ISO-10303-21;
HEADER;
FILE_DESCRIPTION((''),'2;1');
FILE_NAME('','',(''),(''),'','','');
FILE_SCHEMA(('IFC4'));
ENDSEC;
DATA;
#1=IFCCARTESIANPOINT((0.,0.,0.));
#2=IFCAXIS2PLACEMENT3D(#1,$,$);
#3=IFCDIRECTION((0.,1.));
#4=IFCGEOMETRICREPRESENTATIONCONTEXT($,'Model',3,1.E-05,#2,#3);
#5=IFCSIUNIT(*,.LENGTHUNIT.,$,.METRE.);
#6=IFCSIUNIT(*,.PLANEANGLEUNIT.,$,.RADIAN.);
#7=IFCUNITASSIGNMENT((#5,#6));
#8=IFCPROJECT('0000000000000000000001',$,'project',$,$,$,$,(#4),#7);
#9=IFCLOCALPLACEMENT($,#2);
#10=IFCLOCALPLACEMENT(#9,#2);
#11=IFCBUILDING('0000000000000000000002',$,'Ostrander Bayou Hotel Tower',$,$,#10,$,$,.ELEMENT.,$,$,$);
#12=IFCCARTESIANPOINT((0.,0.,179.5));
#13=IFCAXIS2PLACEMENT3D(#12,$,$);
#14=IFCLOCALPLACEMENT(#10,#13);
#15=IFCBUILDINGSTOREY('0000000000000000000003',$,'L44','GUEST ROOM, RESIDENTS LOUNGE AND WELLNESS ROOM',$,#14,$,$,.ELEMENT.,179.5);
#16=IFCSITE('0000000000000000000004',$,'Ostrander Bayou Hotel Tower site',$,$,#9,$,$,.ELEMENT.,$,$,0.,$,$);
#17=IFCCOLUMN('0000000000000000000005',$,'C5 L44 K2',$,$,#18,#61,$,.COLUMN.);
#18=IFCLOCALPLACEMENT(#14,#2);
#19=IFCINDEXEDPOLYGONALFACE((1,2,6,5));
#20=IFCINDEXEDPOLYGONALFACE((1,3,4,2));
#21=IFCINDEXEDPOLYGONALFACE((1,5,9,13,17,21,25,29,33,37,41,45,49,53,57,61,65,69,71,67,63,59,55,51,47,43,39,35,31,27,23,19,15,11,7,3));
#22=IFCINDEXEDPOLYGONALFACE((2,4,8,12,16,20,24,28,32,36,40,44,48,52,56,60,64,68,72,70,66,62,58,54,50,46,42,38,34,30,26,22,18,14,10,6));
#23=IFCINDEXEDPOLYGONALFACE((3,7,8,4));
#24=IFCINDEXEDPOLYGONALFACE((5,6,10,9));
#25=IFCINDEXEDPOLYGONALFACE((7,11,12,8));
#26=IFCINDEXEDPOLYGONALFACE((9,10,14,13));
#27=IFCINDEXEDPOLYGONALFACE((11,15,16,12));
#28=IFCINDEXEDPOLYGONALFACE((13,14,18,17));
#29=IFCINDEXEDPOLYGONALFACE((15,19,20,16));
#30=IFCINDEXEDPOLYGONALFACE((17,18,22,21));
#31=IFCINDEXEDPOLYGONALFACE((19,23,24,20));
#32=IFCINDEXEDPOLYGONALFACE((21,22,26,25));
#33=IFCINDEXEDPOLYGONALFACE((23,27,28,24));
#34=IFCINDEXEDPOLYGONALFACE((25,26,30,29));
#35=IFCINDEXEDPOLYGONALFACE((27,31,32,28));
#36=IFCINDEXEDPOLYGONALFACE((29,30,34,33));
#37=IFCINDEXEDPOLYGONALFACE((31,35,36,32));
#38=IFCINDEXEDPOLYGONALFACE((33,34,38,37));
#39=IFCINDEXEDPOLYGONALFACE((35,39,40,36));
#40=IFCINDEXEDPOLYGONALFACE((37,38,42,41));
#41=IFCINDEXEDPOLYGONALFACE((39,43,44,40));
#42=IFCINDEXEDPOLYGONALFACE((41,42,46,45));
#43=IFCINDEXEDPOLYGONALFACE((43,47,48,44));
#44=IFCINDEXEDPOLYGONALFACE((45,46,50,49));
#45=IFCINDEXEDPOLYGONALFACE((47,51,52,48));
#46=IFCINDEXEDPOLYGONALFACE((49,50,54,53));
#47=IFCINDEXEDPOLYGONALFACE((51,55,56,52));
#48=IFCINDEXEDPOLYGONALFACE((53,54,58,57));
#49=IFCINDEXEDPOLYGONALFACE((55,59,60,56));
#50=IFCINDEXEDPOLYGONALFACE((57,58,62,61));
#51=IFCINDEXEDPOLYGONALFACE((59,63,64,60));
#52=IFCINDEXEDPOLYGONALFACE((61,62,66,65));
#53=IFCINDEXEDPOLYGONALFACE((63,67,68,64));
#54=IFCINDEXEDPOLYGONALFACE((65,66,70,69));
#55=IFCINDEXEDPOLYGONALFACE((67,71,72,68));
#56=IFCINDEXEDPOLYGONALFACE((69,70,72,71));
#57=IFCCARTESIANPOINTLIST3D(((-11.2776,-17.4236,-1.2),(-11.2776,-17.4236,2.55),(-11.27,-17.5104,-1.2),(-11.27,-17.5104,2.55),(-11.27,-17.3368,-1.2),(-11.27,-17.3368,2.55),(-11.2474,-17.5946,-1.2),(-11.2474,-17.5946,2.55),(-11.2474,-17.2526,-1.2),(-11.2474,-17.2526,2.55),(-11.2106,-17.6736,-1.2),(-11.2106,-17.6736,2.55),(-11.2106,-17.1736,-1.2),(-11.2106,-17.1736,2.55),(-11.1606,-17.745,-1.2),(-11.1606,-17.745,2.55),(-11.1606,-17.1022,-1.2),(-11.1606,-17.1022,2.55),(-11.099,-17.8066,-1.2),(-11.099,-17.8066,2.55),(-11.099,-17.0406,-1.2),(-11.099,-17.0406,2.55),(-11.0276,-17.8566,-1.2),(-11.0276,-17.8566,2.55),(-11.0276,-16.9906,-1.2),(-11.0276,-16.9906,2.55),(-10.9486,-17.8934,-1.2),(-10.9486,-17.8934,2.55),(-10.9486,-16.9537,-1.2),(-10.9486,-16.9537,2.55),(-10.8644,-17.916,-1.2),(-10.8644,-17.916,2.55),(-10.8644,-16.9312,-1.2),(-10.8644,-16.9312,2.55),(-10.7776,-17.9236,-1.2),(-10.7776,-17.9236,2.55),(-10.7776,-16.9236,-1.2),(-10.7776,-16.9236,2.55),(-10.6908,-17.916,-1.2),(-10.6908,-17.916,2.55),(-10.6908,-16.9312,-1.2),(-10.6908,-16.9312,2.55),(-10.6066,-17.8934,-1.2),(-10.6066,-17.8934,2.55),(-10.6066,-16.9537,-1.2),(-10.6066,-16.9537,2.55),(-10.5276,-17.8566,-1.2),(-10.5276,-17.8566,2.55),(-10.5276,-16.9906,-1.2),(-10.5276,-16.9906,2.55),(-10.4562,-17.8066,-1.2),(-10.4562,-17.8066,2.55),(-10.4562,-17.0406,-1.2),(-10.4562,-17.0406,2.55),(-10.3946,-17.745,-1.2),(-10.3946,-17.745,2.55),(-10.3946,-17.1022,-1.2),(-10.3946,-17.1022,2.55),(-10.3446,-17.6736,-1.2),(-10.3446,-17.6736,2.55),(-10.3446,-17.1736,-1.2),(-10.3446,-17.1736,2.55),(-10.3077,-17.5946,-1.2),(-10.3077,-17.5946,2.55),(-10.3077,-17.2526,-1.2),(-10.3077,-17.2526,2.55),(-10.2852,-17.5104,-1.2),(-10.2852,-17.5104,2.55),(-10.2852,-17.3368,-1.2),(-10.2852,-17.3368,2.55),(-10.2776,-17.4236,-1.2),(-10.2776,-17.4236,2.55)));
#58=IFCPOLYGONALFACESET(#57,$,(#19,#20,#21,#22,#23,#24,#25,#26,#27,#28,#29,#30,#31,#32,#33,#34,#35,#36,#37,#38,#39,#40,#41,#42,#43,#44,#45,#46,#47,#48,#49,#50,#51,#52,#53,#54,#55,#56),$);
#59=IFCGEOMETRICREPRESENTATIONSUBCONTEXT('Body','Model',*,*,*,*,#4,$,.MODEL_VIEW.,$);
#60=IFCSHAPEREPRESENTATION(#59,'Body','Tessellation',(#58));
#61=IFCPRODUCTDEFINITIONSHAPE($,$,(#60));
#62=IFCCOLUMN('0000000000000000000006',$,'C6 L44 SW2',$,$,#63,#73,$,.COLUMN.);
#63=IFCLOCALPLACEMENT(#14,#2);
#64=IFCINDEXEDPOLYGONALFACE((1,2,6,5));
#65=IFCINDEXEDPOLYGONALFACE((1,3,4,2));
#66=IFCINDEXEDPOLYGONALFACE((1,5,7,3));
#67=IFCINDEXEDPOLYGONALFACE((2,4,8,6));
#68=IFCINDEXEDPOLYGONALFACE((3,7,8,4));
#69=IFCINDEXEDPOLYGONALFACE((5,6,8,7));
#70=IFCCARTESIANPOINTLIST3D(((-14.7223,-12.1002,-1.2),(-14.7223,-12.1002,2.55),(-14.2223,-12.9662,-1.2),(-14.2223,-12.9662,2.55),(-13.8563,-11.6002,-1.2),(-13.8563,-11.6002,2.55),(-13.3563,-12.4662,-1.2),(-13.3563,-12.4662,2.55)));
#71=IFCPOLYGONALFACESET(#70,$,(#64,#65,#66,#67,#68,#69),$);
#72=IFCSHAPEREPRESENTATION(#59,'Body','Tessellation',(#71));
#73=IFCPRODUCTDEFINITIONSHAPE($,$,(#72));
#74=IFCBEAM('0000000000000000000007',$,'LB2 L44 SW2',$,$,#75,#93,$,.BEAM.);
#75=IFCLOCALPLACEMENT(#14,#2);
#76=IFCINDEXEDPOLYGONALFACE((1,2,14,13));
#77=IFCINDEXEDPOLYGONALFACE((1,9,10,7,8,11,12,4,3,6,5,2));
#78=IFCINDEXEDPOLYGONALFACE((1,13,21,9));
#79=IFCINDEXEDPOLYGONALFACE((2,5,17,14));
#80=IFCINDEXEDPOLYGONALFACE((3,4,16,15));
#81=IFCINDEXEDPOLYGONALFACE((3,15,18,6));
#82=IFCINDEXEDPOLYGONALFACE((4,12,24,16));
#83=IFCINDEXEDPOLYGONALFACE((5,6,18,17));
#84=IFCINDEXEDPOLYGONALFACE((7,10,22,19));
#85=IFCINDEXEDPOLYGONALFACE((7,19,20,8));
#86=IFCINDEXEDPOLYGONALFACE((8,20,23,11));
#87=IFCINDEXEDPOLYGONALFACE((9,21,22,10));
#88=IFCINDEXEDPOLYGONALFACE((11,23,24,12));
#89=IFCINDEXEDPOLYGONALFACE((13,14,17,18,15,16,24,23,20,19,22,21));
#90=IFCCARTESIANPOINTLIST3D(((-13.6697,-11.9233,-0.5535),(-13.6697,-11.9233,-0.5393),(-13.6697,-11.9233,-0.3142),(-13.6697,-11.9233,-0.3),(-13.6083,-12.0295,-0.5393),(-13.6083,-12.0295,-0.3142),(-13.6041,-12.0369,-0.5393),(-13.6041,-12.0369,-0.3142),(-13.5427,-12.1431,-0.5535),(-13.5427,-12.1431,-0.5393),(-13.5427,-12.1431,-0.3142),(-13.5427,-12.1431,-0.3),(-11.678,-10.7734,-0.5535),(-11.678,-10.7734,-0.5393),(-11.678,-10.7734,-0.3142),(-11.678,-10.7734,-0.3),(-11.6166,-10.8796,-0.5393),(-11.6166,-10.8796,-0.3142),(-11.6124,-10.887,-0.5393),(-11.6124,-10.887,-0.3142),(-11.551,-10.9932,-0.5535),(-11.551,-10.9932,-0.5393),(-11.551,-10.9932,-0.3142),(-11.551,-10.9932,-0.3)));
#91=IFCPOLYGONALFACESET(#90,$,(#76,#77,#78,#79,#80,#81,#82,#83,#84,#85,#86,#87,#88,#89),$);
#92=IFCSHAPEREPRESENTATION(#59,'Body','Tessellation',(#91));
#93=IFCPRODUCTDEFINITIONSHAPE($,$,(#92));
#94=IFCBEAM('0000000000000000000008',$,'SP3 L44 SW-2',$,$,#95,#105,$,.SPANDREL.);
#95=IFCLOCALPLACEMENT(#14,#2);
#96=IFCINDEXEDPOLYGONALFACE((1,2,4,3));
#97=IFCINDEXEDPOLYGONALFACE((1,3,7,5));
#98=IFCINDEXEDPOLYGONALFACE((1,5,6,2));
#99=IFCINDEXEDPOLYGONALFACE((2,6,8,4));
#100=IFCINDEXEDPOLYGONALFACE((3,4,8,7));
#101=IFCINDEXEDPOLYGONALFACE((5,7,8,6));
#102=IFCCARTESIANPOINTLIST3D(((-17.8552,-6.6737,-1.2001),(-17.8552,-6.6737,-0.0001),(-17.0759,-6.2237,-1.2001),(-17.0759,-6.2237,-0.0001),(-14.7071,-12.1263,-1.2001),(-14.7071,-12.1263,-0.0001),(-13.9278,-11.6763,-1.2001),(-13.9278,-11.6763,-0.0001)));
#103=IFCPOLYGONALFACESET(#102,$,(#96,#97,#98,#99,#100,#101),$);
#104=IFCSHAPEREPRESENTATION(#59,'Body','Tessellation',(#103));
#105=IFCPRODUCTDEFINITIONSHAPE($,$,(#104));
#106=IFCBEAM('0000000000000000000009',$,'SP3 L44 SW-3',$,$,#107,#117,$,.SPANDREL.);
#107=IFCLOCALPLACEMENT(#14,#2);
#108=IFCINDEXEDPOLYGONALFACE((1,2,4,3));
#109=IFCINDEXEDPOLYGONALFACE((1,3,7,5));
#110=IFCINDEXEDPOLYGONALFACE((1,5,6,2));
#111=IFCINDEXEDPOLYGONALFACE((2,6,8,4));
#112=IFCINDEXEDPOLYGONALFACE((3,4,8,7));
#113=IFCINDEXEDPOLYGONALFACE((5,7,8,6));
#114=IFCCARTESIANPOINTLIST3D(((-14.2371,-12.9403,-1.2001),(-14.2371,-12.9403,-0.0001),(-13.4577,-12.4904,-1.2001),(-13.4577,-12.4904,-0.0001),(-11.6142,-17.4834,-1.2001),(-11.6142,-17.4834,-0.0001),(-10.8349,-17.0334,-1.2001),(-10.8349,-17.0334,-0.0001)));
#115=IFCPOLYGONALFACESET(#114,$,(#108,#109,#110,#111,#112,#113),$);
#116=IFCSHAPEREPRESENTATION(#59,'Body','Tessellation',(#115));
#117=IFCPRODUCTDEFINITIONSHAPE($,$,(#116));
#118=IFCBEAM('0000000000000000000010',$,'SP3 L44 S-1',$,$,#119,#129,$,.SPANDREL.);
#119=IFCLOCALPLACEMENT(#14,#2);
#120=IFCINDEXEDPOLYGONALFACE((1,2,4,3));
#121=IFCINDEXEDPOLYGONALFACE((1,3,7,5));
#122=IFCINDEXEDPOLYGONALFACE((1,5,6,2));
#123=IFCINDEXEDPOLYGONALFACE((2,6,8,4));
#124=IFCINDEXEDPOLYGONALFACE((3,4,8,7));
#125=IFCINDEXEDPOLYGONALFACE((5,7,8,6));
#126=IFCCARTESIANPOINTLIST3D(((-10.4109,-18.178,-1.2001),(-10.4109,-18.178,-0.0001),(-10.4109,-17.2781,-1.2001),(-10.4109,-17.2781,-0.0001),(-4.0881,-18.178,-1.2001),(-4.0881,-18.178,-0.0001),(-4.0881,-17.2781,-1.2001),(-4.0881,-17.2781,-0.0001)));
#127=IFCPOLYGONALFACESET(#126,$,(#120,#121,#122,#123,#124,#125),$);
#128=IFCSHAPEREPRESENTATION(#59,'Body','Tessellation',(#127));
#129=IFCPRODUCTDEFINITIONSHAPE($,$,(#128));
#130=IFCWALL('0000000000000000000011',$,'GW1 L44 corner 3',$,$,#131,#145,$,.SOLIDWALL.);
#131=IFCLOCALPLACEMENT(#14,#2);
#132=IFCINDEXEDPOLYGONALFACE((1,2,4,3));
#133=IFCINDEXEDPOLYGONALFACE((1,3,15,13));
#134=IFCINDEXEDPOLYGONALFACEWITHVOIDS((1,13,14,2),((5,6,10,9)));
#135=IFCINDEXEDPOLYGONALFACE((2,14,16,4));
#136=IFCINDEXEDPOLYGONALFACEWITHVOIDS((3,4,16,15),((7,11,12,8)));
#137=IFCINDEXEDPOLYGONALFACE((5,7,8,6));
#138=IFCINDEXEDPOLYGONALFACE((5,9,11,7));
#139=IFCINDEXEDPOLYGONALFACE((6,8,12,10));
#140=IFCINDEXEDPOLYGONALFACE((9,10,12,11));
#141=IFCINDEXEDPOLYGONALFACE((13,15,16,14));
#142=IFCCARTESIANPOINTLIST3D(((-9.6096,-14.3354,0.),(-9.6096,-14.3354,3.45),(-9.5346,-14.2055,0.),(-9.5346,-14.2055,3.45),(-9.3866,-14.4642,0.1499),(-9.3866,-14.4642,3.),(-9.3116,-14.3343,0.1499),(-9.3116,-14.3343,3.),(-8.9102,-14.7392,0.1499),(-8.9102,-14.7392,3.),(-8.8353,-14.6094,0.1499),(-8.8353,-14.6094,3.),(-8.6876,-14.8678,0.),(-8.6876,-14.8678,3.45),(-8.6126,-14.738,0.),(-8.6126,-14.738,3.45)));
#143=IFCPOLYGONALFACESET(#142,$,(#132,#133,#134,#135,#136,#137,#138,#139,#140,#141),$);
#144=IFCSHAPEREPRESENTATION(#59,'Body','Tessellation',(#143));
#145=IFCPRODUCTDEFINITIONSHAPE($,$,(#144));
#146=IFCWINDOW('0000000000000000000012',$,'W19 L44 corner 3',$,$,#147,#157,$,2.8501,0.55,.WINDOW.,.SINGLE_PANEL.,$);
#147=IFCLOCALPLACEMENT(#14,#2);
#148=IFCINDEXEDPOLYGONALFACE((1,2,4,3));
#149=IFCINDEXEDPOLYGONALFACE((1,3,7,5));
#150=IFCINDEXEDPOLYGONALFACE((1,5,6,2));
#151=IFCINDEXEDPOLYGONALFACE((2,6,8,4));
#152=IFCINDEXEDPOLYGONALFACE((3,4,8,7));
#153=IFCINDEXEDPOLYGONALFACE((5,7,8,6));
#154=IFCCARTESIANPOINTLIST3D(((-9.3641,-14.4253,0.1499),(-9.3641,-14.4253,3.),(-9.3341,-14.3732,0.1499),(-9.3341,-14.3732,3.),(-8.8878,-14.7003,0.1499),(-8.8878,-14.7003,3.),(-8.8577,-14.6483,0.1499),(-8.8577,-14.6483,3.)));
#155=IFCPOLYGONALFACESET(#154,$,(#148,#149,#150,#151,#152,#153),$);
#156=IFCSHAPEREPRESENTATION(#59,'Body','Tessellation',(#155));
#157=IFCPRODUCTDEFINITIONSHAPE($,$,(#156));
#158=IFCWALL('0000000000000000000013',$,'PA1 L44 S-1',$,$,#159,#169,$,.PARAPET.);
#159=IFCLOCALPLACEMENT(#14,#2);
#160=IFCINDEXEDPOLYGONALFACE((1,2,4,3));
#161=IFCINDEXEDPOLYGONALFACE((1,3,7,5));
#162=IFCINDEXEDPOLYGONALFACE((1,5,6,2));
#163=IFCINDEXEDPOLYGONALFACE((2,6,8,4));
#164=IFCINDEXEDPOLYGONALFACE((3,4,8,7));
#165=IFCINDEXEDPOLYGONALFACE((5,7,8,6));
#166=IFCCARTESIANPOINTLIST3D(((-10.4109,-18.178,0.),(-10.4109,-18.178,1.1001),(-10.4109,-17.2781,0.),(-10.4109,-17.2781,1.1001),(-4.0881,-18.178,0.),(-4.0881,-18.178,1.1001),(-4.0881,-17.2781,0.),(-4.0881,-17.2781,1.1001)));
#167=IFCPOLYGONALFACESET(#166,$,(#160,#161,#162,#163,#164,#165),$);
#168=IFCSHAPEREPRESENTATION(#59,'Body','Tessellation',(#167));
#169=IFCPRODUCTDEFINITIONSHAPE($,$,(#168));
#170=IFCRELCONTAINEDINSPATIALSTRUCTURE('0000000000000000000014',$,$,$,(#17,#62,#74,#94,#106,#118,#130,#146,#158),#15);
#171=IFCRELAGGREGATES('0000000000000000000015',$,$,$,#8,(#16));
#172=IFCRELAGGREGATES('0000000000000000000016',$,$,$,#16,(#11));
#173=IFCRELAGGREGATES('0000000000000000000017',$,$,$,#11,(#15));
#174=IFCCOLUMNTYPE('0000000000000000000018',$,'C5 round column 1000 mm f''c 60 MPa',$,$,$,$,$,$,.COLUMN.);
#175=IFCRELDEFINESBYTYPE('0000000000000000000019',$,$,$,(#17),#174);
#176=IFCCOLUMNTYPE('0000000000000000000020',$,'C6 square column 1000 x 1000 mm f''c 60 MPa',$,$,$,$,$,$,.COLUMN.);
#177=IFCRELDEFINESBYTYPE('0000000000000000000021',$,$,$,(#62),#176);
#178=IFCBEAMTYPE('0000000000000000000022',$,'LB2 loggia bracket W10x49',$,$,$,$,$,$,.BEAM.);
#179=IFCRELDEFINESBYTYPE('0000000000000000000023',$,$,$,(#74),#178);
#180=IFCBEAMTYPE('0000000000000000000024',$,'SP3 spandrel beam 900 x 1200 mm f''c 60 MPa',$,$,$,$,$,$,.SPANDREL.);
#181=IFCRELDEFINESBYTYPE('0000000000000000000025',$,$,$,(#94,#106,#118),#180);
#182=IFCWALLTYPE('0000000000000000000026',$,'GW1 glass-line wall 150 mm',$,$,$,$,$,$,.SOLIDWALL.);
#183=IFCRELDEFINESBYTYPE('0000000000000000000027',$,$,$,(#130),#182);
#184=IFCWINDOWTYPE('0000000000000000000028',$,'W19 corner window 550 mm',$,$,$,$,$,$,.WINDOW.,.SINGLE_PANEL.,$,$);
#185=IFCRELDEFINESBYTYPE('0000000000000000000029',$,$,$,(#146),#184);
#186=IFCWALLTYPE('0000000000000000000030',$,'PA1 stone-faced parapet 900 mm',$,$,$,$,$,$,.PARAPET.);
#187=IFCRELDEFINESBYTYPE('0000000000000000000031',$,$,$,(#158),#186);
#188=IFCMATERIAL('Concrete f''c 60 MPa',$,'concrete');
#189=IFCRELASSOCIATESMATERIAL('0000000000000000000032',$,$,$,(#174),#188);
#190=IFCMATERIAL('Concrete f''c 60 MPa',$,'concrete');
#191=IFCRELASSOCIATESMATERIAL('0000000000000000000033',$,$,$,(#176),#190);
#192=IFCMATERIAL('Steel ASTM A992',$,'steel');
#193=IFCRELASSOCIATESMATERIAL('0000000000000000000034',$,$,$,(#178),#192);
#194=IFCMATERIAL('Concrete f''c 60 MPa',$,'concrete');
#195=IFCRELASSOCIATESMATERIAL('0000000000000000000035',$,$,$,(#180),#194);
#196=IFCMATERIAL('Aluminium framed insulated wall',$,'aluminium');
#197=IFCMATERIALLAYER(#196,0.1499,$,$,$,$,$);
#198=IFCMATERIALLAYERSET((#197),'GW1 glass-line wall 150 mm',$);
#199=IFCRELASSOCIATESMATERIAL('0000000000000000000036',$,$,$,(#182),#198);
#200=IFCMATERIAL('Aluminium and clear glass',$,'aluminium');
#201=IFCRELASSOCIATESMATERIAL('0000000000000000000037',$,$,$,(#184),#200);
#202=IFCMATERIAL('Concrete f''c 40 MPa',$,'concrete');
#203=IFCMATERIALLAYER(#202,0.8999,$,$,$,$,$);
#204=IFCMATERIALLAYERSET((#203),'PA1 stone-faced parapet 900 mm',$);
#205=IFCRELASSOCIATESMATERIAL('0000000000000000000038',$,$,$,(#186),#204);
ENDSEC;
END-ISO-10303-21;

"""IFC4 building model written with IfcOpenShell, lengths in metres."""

from ifc_helpers import new_model, si_unit, direction, frame, frame_2d, origin, origin_2d, place, context, subcontext, project, spatial, rectangle, circle, i_section, extrude, material, layer, layer_set, material_profile, profile_set, type_object, element, fill, save


model = new_model("IFC4")

# Units and contexts
model_context = context("Model", 3, precision=1e-05, world=origin(), true_north=direction((0.0, 1.0)))
body_context = subcontext(model_context, "Body", "Model", "MODEL_VIEW")
ifc_project = project(units=[si_unit("LENGTHUNIT", "METRE"), si_unit("PLANEANGLEUNIT", "RADIAN")], contexts=[model_context])

# Site, building, storey
site_placement = place(None, origin())
site = spatial("IfcSite", under=ifc_project, at=site_placement, Name="Ostrander Bayou Hotel Tower site", CompositionType="ELEMENT", RefElevation=0.0)
building_placement = place(site_placement, origin())
building = spatial("IfcBuilding", under=site, at=building_placement, Name="Ostrander Bayou Hotel Tower", CompositionType="ELEMENT")
storey_placement = place(building_placement, frame((0.0, 0.0, 179.5)))
storey = spatial("IfcBuildingStorey", under=building, at=storey_placement, Name="L44", Description="GUEST ROOM, RESIDENTS LOUNGE AND WELLNESS ROOM", CompositionType="ELEMENT", Elevation=179.5)

# Columns
ifc_material_1 = material(Name="Concrete f'c 60 MPa", Category="concrete")
ifc_material_profile_1 = material_profile(ifc_material_1, circle(Radius=0.5, at=origin_2d()))
ifc_profile_set_1 = profile_set([ifc_material_profile_1], Name="Concrete f'c 60 MPa")
column_type_1 = type_object("IfcColumnType", Name="C5 round column 1000 mm f'c 60 MPa", PredefinedType="COLUMN", material=ifc_profile_set_1)
column_1_placement = place(storey_placement, frame((-10.7776, -17.4236, -1.2), z_axis=(0.0, 0.0, 1.0), x_axis=(1.0, 0.0, 0.0)))
element("IfcColumn", 1, at=column_1_placement, inside=storey, type_object=column_type_1, Name="C5 L44 K2", PredefinedType="COLUMN", context=body_context, shape_type="SweptSolid", body=[
    extrude(circle(Radius=0.5, at=origin_2d()), origin(), (0.0, 0.0, 1.0), 3.75),
])
ifc_material_2 = material(Name="Concrete f'c 60 MPa", Category="concrete")
ifc_material_profile_2 = material_profile(ifc_material_2, rectangle(XDim=1.0, YDim=1.0, at=origin_2d()))
ifc_profile_set_2 = profile_set([ifc_material_profile_2], Name="Concrete f'c 60 MPa")
column_type_2 = type_object("IfcColumnType", Name="C6 square column 1000 x 1000 mm f'c 60 MPa", PredefinedType="COLUMN", material=ifc_profile_set_2)
column_2_placement = place(storey_placement, frame((-14.0393, -12.2832, -1.2), z_axis=(0.0, 0.0, 1.0), x_axis=(-0.5, 0.866025, 0.0)))
element("IfcColumn", 2, at=column_2_placement, inside=storey, type_object=column_type_2, Name="C6 L44 SW2", PredefinedType="COLUMN", context=body_context, shape_type="SweptSolid", body=[
    extrude(rectangle(XDim=1.0, YDim=1.0, at=origin_2d()), origin(), (0.0, 0.0, 1.0), 3.75),
])

# Beams
ifc_material_3 = material(Name="Steel ASTM A992", Category="steel")
ifc_material_profile_3 = material_profile(ifc_material_3, i_section(OverallWidth=0.2539, OverallDepth=0.2534, WebThickness=0.0085, FlangeThickness=0.0142, at=origin_2d()))
ifc_profile_set_3 = profile_set([ifc_material_profile_3], Name="Steel ASTM A992")
beam_type_1 = type_object("IfcBeamType", Name="LB2 loggia bracket W10x49", PredefinedType="BEAM", material=ifc_profile_set_3)
beam_1_placement = place(storey_placement, frame((-13.6062, -12.0332, -0.4268), z_axis=(0.866026, 0.499998, 0.0), x_axis=(-0.499998, 0.866026, 0.0)))
element("IfcBeam", 3, at=beam_1_placement, inside=storey, type_object=beam_type_1, Name="LB2 L44 SW2", PredefinedType="BEAM", context=body_context, shape_type="SweptSolid", body=[
    extrude(i_section(OverallWidth=0.2539, OverallDepth=0.2534, WebThickness=0.0085, FlangeThickness=0.0142, at=origin_2d()), origin(), (0.0, 0.0, 1.0), 2.2998),
])
ifc_material_4 = material(Name="Concrete f'c 60 MPa", Category="concrete")
ifc_material_profile_4 = material_profile(ifc_material_4, rectangle(XDim=0.8999, YDim=1.2, at=origin_2d()))
ifc_profile_set_4 = profile_set([ifc_material_profile_4], Name="Concrete f'c 60 MPa")
beam_type_2 = type_object("IfcBeamType", Name="SP3 spandrel beam 900 x 1200 mm f'c 60 MPa", PredefinedType="SPANDREL", material=ifc_profile_set_4)
beam_2_placement = place(storey_placement, frame((-17.4656, -6.4487, -0.6001), z_axis=(0.500013, -0.866018, 0.0), x_axis=(0.866018, 0.500013, 0.0)))
element("IfcBeam", 4, at=beam_2_placement, inside=storey, type_object=beam_type_2, Name="SP3 L44 SW-2", PredefinedType="SPANDREL", context=body_context, shape_type="SweptSolid", body=[
    extrude(rectangle(XDim=0.8999, YDim=1.2, at=origin_2d()), origin(), (0.0, 0.0, 1.0), 6.2961),
])
beam_3_placement = place(storey_placement, frame((-13.8474, -12.7153, -0.6001), z_axis=(0.499988, -0.866032, 0.0), x_axis=(0.866032, 0.499988, 0.0)))
element("IfcBeam", 5, at=beam_3_placement, inside=storey, type_object=beam_type_2, Name="SP3 L44 SW-3", PredefinedType="SPANDREL", context=body_context, shape_type="SweptSolid", body=[
    extrude(rectangle(XDim=0.8999, YDim=1.2, at=origin_2d()), origin(), (0.0, 0.0, 1.0), 5.2458),
])
beam_4_placement = place(storey_placement, frame((-10.4109, -17.728, -0.6001), z_axis=(1.0, 0.0, 0.0), x_axis=(0.0, 1.0, 0.0)))
element("IfcBeam", 6, at=beam_4_placement, inside=storey, type_object=beam_type_2, Name="SP3 L44 S-1", PredefinedType="SPANDREL", context=body_context, shape_type="SweptSolid", body=[
    extrude(rectangle(XDim=0.8999, YDim=1.2, at=origin_2d()), origin(), (0.0, 0.0, 1.0), 6.3228),
])

# Wall, opening, window
ifc_material_5 = material(Name="Aluminium framed insulated wall", Category="aluminium")
ifc_layer_1 = layer(ifc_material_5, 0.1499)
ifc_layer_set_1 = layer_set([ifc_layer_1], Name="GW1 glass-line wall 150 mm")
wall_type_1 = type_object("IfcWallType", Name="GW1 glass-line wall 150 mm", PredefinedType="SOLIDWALL", material=ifc_layer_set_1)
wall_1_placement = place(storey_placement, frame((-9.572, -14.2705, 0.0), z_axis=(0.0, 0.0, 1.0), x_axis=(0.865991, -0.50006, 0.0)))
wall_1 = element("IfcWall", 7, at=wall_1_placement, inside=storey, type_object=wall_type_1, Name="GW1 L44 corner 3", PredefinedType="SOLIDWALL", context=body_context, shape_type="SweptSolid", body=[
    extrude(rectangle(XDim=1.0647, YDim=0.1499, at=frame_2d((0.5322, 0.0))), origin(), (0.0, 0.0, 1.0), 3.45),
])
opening_placement = place(wall_1_placement, frame((0.2576, 0.0, 0.1499)))
opening = element("IfcOpeningElement", 8, at=opening_placement, cuts=wall_1, PredefinedType="OPENING", context=body_context, shape_type="SweptSolid", body=[
    extrude(rectangle(XDim=0.55, YDim=2.8501, at=frame_2d((0.2749, 1.425))), frame((0.0, 0.075, 0.0), z_axis=(0.0, -1.0, 0.0), x_axis=(1.0, 0.0, 0.0)), (0.0, 0.0, 1.0), 0.1499),
])
ifc_material_6 = material(Name="Aluminium and clear glass", Category="aluminium")
window_type = type_object("IfcWindowType", Name="W19 corner window 550 mm", PartitioningType="SINGLE_PANEL", PredefinedType="WINDOW", material=ifc_material_6)
window_placement = place(opening_placement, origin())
window = element("IfcWindow", 9, at=window_placement, inside=storey, type_object=window_type, Name="W19 L44 corner 3", OverallHeight=2.8501, OverallWidth=0.55, PartitioningType="SINGLE_PANEL", PredefinedType="WINDOW", context=body_context, shape_type="SweptSolid", body=[
    extrude(rectangle(XDim=0.55, YDim=2.8501, at=frame_2d((0.2749, 1.425))), frame((0.0, 0.03, 0.0), z_axis=(0.0, -1.0, 0.0), x_axis=(1.0, 0.0, 0.0)), (0.0, 0.0, 1.0), 0.0601),
])
fill(opening, window)

# Wall
ifc_material_7 = material(Name="Concrete f'c 40 MPa", Category="concrete")
ifc_layer_2 = layer(ifc_material_7, 0.8999)
ifc_layer_set_2 = layer_set([ifc_layer_2], Name="PA1 stone-faced parapet 900 mm")
wall_type_2 = type_object("IfcWallType", Name="PA1 stone-faced parapet 900 mm", PredefinedType="PARAPET", material=ifc_layer_set_2)
wall_2_placement = place(storey_placement, frame((-10.4109, -17.728, 0.0), z_axis=(0.0, 0.0, 1.0), x_axis=(1.0, 0.0, 0.0)))
element("IfcWall", 10, at=wall_2_placement, inside=storey, type_object=wall_type_2, Name="PA1 L44 S-1", PredefinedType="PARAPET", context=body_context, shape_type="SweptSolid", body=[
    extrude(rectangle(XDim=6.3228, YDim=0.8999, at=frame_2d((3.1614, 0.0))), origin(), (0.0, 0.0, 1.0), 1.1001),
])

save(model, "model.ifc")
